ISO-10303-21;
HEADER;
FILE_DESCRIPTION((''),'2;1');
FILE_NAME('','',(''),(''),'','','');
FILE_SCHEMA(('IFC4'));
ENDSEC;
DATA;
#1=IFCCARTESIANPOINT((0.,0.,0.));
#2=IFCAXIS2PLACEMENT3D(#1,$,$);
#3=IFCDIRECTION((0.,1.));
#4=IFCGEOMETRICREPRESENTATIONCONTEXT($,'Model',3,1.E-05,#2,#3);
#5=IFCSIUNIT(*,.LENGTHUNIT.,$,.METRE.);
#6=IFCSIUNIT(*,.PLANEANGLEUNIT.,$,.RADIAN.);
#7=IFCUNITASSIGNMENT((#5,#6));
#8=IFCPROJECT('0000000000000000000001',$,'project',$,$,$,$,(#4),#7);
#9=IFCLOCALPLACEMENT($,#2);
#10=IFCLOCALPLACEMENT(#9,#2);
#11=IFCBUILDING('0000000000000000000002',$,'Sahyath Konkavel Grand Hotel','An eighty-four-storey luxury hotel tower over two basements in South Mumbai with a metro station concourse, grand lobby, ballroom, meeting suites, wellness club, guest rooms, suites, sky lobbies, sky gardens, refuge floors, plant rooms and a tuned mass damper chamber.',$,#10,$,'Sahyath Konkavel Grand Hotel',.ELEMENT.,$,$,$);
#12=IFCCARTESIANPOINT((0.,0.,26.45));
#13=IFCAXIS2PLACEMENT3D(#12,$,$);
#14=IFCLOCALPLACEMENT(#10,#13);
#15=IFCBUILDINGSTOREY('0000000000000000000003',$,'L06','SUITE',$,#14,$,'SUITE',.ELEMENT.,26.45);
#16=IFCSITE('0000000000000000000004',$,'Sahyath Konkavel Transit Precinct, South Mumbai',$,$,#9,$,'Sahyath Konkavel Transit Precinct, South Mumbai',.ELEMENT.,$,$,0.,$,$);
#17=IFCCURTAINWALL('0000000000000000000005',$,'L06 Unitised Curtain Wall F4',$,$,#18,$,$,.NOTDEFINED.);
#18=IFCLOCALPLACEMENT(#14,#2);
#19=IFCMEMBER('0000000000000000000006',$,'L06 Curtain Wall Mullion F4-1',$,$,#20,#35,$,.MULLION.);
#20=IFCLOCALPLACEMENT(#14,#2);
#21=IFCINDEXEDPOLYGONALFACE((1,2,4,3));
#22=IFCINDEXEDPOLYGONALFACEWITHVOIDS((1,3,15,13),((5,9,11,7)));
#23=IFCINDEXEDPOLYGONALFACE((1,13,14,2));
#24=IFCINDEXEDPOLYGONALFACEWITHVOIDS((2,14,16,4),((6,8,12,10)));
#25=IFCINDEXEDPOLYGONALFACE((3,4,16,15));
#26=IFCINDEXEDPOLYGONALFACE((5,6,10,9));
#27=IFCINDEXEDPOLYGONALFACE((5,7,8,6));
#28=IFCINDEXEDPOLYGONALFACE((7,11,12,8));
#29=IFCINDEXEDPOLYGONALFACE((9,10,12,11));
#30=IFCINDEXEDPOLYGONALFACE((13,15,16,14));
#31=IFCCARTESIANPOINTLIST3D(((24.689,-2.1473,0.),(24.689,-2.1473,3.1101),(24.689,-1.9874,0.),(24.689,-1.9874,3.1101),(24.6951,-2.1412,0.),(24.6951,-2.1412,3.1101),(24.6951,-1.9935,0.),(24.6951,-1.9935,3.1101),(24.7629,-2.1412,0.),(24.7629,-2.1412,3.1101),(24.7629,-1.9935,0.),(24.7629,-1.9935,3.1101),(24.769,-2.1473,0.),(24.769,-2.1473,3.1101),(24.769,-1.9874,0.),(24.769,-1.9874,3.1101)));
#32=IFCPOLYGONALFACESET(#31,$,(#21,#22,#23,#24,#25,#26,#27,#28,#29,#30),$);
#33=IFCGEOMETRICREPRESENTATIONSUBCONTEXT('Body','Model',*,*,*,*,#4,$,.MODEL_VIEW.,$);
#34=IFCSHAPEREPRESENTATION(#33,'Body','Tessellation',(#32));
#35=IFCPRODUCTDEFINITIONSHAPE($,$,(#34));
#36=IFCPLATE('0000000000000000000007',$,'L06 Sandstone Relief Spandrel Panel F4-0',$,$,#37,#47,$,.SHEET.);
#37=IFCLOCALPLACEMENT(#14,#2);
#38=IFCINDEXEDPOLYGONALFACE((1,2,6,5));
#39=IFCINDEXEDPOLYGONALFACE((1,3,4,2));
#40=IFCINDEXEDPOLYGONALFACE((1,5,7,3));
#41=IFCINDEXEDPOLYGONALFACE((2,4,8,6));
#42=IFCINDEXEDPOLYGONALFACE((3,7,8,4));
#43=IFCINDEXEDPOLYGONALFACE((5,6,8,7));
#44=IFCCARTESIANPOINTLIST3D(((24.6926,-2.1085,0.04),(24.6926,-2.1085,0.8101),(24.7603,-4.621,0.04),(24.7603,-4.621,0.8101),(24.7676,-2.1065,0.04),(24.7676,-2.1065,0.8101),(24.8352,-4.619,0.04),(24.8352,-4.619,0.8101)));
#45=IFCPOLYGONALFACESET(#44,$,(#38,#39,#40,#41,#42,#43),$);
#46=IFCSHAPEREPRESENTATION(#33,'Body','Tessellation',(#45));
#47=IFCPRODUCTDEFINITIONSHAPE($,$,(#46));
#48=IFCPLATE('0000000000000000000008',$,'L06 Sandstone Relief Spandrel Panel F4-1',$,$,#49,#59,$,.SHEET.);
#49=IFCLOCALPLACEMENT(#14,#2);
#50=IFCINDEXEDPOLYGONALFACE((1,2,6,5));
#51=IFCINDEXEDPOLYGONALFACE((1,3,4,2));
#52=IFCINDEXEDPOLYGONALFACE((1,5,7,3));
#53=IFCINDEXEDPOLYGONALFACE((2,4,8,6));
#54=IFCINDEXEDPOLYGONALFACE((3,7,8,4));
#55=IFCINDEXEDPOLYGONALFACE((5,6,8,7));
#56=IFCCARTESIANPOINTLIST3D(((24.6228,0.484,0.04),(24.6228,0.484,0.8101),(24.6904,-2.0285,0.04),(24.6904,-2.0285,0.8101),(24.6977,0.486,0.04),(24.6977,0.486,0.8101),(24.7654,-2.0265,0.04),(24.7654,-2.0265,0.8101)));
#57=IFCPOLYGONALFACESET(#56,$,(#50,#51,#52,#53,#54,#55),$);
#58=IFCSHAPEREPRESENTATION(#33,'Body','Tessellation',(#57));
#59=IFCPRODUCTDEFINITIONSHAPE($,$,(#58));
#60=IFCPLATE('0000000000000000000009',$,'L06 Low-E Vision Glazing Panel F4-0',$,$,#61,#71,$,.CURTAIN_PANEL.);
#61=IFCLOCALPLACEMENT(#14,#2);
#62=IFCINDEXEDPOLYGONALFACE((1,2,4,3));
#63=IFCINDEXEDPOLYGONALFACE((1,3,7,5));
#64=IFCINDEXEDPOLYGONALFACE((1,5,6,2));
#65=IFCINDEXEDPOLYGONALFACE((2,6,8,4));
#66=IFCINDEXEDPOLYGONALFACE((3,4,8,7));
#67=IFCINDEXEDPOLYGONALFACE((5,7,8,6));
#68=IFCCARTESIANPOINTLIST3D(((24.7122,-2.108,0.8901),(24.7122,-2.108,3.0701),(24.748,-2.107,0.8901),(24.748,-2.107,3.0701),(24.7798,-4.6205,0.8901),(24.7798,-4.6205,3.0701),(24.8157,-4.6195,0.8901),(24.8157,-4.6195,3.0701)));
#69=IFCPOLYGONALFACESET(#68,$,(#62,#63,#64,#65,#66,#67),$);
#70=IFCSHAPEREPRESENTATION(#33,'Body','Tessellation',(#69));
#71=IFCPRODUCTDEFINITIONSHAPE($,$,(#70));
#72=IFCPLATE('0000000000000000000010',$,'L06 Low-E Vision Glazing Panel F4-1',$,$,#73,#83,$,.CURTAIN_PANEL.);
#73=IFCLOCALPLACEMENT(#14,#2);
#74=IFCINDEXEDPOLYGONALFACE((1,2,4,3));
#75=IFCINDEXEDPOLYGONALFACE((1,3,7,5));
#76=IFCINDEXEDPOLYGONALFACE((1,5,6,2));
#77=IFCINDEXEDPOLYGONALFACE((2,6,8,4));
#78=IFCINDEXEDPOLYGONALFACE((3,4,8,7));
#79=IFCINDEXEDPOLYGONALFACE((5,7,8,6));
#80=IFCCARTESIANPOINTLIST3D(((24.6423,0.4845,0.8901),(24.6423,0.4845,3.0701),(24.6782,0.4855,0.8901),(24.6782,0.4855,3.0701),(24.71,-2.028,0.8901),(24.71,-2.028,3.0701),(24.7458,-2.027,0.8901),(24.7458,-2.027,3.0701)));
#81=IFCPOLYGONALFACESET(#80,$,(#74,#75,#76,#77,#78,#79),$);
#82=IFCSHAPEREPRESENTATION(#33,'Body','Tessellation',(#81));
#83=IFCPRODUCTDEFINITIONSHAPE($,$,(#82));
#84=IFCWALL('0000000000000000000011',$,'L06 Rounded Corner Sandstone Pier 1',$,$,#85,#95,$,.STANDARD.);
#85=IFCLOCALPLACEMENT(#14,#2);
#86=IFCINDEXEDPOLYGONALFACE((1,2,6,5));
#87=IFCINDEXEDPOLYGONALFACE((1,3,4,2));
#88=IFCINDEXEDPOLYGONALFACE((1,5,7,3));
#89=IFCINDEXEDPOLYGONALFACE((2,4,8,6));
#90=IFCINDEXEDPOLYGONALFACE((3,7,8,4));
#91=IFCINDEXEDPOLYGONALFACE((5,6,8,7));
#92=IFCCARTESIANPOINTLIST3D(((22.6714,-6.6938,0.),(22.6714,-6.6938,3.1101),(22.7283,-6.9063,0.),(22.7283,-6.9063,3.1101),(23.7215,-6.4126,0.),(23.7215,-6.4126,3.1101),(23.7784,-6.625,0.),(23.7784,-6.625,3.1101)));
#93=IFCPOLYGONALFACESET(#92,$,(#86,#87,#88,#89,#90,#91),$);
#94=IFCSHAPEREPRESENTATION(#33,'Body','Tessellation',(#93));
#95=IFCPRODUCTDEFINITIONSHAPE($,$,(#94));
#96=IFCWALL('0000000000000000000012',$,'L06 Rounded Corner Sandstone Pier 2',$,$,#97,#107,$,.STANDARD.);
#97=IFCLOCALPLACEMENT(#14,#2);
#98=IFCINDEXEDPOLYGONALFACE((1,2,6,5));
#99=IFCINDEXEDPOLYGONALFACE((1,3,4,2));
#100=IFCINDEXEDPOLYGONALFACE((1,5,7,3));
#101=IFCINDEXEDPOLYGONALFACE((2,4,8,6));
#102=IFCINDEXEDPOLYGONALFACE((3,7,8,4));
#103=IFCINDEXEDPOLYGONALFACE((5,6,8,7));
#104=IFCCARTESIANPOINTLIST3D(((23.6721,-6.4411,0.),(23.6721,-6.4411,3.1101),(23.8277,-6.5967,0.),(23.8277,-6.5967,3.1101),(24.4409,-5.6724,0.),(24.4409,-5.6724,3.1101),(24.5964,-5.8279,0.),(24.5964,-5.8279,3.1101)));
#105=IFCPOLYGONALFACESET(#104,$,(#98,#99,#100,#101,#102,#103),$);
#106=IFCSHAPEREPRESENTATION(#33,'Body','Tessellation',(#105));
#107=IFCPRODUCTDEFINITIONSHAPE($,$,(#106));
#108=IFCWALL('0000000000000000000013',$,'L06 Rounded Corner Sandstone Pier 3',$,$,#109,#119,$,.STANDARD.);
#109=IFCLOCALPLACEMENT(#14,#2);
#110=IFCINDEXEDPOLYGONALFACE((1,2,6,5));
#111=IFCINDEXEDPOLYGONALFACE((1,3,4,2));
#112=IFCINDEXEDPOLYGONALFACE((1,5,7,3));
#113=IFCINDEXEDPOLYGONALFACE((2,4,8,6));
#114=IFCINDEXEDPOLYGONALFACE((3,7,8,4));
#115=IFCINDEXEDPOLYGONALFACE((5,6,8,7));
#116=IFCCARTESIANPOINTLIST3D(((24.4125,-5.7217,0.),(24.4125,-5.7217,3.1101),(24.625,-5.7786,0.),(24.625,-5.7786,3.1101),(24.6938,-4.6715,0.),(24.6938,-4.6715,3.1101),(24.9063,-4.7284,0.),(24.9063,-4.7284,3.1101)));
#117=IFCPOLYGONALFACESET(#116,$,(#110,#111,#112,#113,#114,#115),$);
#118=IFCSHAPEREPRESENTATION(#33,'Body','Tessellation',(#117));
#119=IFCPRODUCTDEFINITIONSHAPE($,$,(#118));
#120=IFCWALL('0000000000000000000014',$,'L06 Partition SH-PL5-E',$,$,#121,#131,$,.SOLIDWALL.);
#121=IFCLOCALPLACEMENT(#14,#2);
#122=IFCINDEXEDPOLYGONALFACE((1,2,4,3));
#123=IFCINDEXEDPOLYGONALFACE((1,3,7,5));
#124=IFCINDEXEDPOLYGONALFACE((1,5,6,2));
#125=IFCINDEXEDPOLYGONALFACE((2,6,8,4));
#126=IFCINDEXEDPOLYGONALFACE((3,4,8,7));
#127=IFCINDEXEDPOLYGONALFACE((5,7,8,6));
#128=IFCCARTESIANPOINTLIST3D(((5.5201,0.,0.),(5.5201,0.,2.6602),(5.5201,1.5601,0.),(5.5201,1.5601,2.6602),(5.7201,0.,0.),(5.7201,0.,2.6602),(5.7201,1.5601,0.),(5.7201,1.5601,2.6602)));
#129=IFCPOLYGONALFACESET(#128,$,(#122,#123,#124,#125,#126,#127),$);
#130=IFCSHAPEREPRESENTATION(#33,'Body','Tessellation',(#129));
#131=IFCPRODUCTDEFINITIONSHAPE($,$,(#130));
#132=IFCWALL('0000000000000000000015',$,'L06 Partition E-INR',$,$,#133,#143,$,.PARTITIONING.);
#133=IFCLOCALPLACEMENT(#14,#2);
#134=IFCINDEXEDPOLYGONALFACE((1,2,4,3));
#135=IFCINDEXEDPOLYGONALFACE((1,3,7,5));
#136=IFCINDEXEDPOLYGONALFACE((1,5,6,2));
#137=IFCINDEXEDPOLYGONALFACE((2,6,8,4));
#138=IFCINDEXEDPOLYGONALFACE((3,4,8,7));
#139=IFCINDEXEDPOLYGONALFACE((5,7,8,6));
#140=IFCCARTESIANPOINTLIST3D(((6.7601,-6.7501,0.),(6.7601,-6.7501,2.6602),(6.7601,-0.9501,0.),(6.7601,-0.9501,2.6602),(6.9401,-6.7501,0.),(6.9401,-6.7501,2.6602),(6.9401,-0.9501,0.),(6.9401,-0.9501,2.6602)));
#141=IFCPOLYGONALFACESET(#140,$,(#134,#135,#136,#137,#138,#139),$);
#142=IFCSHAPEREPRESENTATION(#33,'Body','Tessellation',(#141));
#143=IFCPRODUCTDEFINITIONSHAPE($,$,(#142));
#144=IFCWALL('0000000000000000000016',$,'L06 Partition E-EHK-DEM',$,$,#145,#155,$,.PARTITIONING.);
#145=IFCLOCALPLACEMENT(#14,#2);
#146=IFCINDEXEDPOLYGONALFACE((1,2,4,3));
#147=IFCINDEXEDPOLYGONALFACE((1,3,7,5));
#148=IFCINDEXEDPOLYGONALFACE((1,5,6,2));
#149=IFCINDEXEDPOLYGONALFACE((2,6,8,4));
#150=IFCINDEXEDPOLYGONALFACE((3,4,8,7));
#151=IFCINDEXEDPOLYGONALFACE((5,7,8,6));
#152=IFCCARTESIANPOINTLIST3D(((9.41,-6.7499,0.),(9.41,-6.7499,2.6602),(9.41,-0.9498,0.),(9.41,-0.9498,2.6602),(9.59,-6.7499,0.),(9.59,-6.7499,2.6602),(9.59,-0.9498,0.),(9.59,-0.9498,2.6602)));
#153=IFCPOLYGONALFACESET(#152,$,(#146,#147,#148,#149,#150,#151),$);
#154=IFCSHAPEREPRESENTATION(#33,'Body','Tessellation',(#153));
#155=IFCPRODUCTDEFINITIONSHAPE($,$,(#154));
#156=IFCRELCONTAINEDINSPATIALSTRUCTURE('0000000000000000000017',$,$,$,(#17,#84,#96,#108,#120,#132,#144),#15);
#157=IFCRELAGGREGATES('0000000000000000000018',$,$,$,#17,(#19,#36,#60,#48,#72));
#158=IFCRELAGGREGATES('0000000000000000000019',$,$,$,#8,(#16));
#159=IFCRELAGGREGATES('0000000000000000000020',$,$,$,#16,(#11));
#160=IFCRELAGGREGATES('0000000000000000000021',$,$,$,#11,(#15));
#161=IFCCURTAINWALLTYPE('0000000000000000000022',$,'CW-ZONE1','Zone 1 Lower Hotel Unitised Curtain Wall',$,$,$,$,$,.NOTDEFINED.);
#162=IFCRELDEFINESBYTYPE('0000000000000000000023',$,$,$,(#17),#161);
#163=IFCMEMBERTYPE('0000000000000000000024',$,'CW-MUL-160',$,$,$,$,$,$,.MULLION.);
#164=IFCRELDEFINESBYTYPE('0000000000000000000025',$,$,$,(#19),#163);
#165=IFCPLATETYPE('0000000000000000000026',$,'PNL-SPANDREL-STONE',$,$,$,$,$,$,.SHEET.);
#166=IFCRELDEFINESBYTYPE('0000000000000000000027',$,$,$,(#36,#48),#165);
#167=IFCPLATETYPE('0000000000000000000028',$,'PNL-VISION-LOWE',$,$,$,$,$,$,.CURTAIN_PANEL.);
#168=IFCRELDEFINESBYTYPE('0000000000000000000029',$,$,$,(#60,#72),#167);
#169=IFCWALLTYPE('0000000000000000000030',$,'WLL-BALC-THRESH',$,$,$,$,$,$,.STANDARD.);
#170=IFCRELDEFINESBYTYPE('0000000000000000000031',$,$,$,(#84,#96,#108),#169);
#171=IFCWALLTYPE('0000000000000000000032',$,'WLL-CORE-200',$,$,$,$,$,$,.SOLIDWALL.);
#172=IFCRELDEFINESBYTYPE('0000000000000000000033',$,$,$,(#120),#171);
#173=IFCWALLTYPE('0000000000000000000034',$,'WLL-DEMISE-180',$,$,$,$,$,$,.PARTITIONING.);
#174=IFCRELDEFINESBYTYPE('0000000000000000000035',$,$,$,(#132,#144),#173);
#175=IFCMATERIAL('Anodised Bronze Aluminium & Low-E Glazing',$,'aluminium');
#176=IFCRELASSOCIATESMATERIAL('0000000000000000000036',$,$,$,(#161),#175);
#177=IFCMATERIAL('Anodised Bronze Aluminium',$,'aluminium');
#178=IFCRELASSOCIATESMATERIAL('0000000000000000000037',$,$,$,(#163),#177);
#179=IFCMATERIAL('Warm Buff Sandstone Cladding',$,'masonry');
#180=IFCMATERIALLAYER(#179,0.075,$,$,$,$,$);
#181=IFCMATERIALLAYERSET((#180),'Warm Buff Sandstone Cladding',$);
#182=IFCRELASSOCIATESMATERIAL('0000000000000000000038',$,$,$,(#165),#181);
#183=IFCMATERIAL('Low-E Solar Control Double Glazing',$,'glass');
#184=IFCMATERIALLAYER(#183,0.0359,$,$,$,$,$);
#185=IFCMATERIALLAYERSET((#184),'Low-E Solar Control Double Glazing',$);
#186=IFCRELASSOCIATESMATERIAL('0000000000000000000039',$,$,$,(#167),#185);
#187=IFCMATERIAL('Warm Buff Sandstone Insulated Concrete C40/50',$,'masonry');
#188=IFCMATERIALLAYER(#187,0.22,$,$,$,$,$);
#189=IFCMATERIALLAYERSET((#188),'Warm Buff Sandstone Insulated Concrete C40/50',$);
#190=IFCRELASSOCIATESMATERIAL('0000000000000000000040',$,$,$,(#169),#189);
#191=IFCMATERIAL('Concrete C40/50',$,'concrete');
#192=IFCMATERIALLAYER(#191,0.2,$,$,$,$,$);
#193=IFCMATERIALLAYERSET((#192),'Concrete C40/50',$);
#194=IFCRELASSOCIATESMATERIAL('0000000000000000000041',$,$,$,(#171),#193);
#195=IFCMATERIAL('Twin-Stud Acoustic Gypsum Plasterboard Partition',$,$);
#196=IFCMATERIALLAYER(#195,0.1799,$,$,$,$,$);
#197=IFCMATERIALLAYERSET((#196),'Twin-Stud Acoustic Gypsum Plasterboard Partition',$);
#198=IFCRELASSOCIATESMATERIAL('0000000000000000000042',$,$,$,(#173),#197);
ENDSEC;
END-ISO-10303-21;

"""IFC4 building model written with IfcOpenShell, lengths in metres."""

from ifc_helpers import new_model, si_unit, direction, frame, frame_2d, origin, origin_2d, place, context, subcontext, project, spatial, rectangle, hollow_rectangle, extrude, source, transform, mapped, material, layer, layer_set, material_profile, profile_set, type_object, element, aggregate, save


model = new_model("IFC4")

# Units and contexts
model_context = context("Model", 3, precision=1e-05, world=origin(), true_north=direction((0.0, 1.0)))
body_context = subcontext(model_context, "Body", "Model", "MODEL_VIEW")
ifc_project = project(units=[si_unit("LENGTHUNIT", "METRE"), si_unit("PLANEANGLEUNIT", "RADIAN")], contexts=[model_context])

# Site, building, storey
site_placement = place(None, origin())
site = spatial("IfcSite", under=ifc_project, at=site_placement, Name="Sahyath Konkavel Transit Precinct, South Mumbai", LongName="Sahyath Konkavel Transit Precinct, South Mumbai", CompositionType="ELEMENT", RefElevation=0.0)
building_placement = place(site_placement, origin())
building = spatial("IfcBuilding", under=site, at=building_placement, Name="Sahyath Konkavel Grand Hotel", Description="An eighty-four-storey luxury hotel tower over two basements in South Mumbai with a metro station concourse, grand lobby, ballroom, meeting suites, wellness club, guest rooms, suites, sky lobbies, sky gardens, refuge floors, plant rooms and a tuned mass damper chamber.", LongName="Sahyath Konkavel Grand Hotel", CompositionType="ELEMENT")
storey_placement = place(building_placement, frame((0.0, 0.0, 26.45)))
storey = spatial("IfcBuildingStorey", under=building, at=storey_placement, Name="L06", Description="SUITE", LongName="SUITE", CompositionType="ELEMENT", Elevation=26.45)

# Curtain wall
ifc_material_1 = material(Name="Anodised Bronze Aluminium & Low-E Glazing", Category="aluminium")
curtain_wall_type = type_object("IfcCurtainWallType", Name="CW-ZONE1", Description="Zone 1 Lower Hotel Unitised Curtain Wall", PredefinedType="NOTDEFINED", material=ifc_material_1)
curtain_wall_1_placement = place(storey_placement, origin())
curtain_wall_1 = element("IfcCurtainWall", 1, at=curtain_wall_1_placement, inside=storey, type_object=curtain_wall_type, Name="L06 Unitised Curtain Wall F4", PredefinedType="NOTDEFINED")
ifc_material_2 = material(Name="Anodised Bronze Aluminium", Category="aluminium")

# Shared definitions
ifc_material_profile_1 = material_profile(ifc_material_2, hollow_rectangle(XDim=0.0801, YDim=0.1599, WallThickness=0.0061, at=origin_2d()), Name="RHS 160x80x6")
ifc_profile_set_1 = profile_set([ifc_material_profile_1], Name="Anodised Bronze Aluminium")
member_type_1 = type_object("IfcMemberType", Name="CW-MUL-160", PredefinedType="MULLION", material=ifc_profile_set_1)
shared_shape_1 = source(origin(), body_context, "Body", "SweptSolid", [
    extrude(hollow_rectangle(XDim=0.0801, YDim=0.1599, WallThickness=0.0061, at=origin_2d()), origin(), (0.0, 0.0, 1.0), 3.1101),
])

# Member
member_1_placement = place(storey_placement, frame((24.729, -2.0674, 0.0), z_axis=(0.0, 0.0, 1.0), x_axis=(1.0, 0.0, 0.0)))
member_1 = element("IfcMember", 2, at=member_1_placement, type_object=member_type_1, Name="L06 Curtain Wall Mullion F4-1", PredefinedType="MULLION", context=body_context, shape_type="MappedRepresentation", body=[
    mapped(shared_shape_1, transform((0.0, 0.0, 0.0), scale=1.0)),
])

# Plates
ifc_material_3 = material(Name="Warm Buff Sandstone Cladding", Category="masonry")
ifc_layer_1 = layer(ifc_material_3, 0.075)
ifc_layer_set_1 = layer_set([ifc_layer_1], Name="Warm Buff Sandstone Cladding")
plate_type_1 = type_object("IfcPlateType", Name="PNL-SPANDREL-STONE", PredefinedType="SHEET", material=ifc_layer_set_1)
shared_shape_2 = source(origin(), body_context, "Body", "SweptSolid", [
    extrude(rectangle(XDim=2.5134, YDim=0.075, at=origin_2d()), origin(), (0.0, 0.0, 1.0), 0.77),
])
plate_1_placement = place(storey_placement, frame((24.7639, -3.3638, 0.04), z_axis=(0.0, 0.0, 1.0), x_axis=(-0.02691, 0.999638, 0.0)))
plate_1 = element("IfcPlate", 3, at=plate_1_placement, type_object=plate_type_1, Name="L06 Sandstone Relief Spandrel Panel F4-0", PredefinedType="SHEET", context=body_context, shape_type="MappedRepresentation", body=[
    mapped(shared_shape_2, transform((0.0, 0.0, 0.0), scale=1.0)),
])
plate_2_placement = place(storey_placement, frame((24.6941, -0.7712, 0.04), z_axis=(0.0, 0.0, 1.0), x_axis=(-0.02691, 0.999638, 0.0)))
plate_2 = element("IfcPlate", 4, at=plate_2_placement, type_object=plate_type_1, Name="L06 Sandstone Relief Spandrel Panel F4-1", PredefinedType="SHEET", context=body_context, shape_type="MappedRepresentation", body=[
    mapped(shared_shape_2, transform((0.0, 0.0, 0.0), scale=1.0)),
])
ifc_material_4 = material(Name="Low-E Solar Control Double Glazing", Category="glass")
ifc_layer_2 = layer(ifc_material_4, 0.0359)
ifc_layer_set_2 = layer_set([ifc_layer_2], Name="Low-E Solar Control Double Glazing")
plate_type_2 = type_object("IfcPlateType", Name="PNL-VISION-LOWE", PredefinedType="CURTAIN_PANEL", material=ifc_layer_set_2)
shared_shape_3 = source(origin(), body_context, "Body", "SweptSolid", [
    extrude(rectangle(XDim=2.5134, YDim=0.0359, at=origin_2d()), origin(), (0.0, 0.0, 1.0), 2.1799),
])
plate_3_placement = place(storey_placement, frame((24.7639, -3.3638, 0.8901), z_axis=(0.0, 0.0, 1.0), x_axis=(-0.02691, 0.999638, 0.0)))
plate_3 = element("IfcPlate", 5, at=plate_3_placement, type_object=plate_type_2, Name="L06 Low-E Vision Glazing Panel F4-0", PredefinedType="CURTAIN_PANEL", context=body_context, shape_type="MappedRepresentation", body=[
    mapped(shared_shape_3, transform((0.0, 0.0, 0.0), scale=1.0)),
])
plate_4_placement = place(storey_placement, frame((24.6941, -0.7712, 0.8901), z_axis=(0.0, 0.0, 1.0), x_axis=(-0.02691, 0.999638, 0.0)))
plate_4 = element("IfcPlate", 6, at=plate_4_placement, type_object=plate_type_2, Name="L06 Low-E Vision Glazing Panel F4-1", PredefinedType="CURTAIN_PANEL", context=body_context, shape_type="MappedRepresentation", body=[
    mapped(shared_shape_3, transform((0.0, 0.0, 0.0), scale=1.0)),
])
aggregate(curtain_wall_1, [member_1, plate_1, plate_3, plate_2, plate_4])

# Walls
ifc_material_5 = material(Name="Warm Buff Sandstone Insulated Concrete C40/50", Category="masonry")
ifc_layer_3 = layer(ifc_material_5, 0.22)
ifc_layer_set_3 = layer_set([ifc_layer_3], Name="Warm Buff Sandstone Insulated Concrete C40/50")
wall_type_1 = type_object("IfcWallType", Name="WLL-BALC-THRESH", PredefinedType="STANDARD", material=ifc_layer_set_3)
for number, where, z_axis, x_axis, name in (
    (7, (22.7, -6.8, 0.0), (0.0, 0.0, 1.0), (0.965951, 0.258725, 0.0), "L06 Rounded Corner Sandstone Pier 1"),
    (8, (23.75, -6.5188, 0.0), (0.0, 0.0, 1.0), (0.707107, 0.707107, 0.0), "L06 Rounded Corner Sandstone Pier 2"),
    (9, (24.5188, -5.75, 0.0), (0.0, 0.0, 1.0), (0.258725, 0.965951, 0.0), "L06 Rounded Corner Sandstone Pier 3"),
):
    element("IfcWall", number, at=place(storey_placement, frame(where, z_axis=z_axis, x_axis=x_axis)), inside=storey, type_object=wall_type_1, Name=name, PredefinedType="STANDARD", context=body_context, shape_type="SweptSolid", body=[
        extrude(rectangle(XDim=1.0872, YDim=0.22, at=frame_2d((0.5435, 0.0))), origin(), (0.0, 0.0, 1.0), 3.1101),
    ])
ifc_material_6 = material(Name="Concrete C40/50", Category="concrete")
ifc_layer_4 = layer(ifc_material_6, 0.2)
ifc_layer_set_4 = layer_set([ifc_layer_4], Name="Concrete C40/50")
wall_type_2 = type_object("IfcWallType", Name="WLL-CORE-200", PredefinedType="SOLIDWALL", material=ifc_layer_set_4)
wall_1_placement = place(storey_placement, frame((5.6201, 0.0, 0.0), z_axis=(0.0, 0.0, 1.0), x_axis=(0.0, 1.0, 0.0)))
element("IfcWall", 10, at=wall_1_placement, inside=storey, type_object=wall_type_2, Name="L06 Partition SH-PL5-E", PredefinedType="SOLIDWALL", context=body_context, shape_type="SweptSolid", body=[
    extrude(rectangle(XDim=1.5601, YDim=0.2, at=frame_2d((0.78, 0.0))), origin(), (0.0, 0.0, 1.0), 2.6602),
])
ifc_material_7 = material(Name="Twin-Stud Acoustic Gypsum Plasterboard Partition")
ifc_layer_5 = layer(ifc_material_7, 0.1799)
ifc_layer_set_5 = layer_set([ifc_layer_5], Name="Twin-Stud Acoustic Gypsum Plasterboard Partition")
wall_type_3 = type_object("IfcWallType", Name="WLL-DEMISE-180", PredefinedType="PARTITIONING", material=ifc_layer_set_5)
for number, where, z_axis, x_axis, name in (
    (11, (6.8501, -6.75, 0.0), (0.0, 0.0, 1.0), (0.0, 1.0, 0.0), "L06 Partition E-INR"),
    (12, (9.5, -0.95, 0.0), (0.0, 0.0, 1.0), (0.0, -1.0, 0.0), "L06 Partition E-EHK-DEM"),
):
    element("IfcWall", number, at=place(storey_placement, frame(where, z_axis=z_axis, x_axis=x_axis)), inside=storey, type_object=wall_type_3, Name=name, PredefinedType="PARTITIONING", context=body_context, shape_type="SweptSolid", body=[
        extrude(rectangle(XDim=5.8, YDim=0.1799, at=frame_2d((2.8999, 0.0))), origin(), (0.0, 0.0, 1.0), 2.6602),
    ])

save(model, "model.ifc")
